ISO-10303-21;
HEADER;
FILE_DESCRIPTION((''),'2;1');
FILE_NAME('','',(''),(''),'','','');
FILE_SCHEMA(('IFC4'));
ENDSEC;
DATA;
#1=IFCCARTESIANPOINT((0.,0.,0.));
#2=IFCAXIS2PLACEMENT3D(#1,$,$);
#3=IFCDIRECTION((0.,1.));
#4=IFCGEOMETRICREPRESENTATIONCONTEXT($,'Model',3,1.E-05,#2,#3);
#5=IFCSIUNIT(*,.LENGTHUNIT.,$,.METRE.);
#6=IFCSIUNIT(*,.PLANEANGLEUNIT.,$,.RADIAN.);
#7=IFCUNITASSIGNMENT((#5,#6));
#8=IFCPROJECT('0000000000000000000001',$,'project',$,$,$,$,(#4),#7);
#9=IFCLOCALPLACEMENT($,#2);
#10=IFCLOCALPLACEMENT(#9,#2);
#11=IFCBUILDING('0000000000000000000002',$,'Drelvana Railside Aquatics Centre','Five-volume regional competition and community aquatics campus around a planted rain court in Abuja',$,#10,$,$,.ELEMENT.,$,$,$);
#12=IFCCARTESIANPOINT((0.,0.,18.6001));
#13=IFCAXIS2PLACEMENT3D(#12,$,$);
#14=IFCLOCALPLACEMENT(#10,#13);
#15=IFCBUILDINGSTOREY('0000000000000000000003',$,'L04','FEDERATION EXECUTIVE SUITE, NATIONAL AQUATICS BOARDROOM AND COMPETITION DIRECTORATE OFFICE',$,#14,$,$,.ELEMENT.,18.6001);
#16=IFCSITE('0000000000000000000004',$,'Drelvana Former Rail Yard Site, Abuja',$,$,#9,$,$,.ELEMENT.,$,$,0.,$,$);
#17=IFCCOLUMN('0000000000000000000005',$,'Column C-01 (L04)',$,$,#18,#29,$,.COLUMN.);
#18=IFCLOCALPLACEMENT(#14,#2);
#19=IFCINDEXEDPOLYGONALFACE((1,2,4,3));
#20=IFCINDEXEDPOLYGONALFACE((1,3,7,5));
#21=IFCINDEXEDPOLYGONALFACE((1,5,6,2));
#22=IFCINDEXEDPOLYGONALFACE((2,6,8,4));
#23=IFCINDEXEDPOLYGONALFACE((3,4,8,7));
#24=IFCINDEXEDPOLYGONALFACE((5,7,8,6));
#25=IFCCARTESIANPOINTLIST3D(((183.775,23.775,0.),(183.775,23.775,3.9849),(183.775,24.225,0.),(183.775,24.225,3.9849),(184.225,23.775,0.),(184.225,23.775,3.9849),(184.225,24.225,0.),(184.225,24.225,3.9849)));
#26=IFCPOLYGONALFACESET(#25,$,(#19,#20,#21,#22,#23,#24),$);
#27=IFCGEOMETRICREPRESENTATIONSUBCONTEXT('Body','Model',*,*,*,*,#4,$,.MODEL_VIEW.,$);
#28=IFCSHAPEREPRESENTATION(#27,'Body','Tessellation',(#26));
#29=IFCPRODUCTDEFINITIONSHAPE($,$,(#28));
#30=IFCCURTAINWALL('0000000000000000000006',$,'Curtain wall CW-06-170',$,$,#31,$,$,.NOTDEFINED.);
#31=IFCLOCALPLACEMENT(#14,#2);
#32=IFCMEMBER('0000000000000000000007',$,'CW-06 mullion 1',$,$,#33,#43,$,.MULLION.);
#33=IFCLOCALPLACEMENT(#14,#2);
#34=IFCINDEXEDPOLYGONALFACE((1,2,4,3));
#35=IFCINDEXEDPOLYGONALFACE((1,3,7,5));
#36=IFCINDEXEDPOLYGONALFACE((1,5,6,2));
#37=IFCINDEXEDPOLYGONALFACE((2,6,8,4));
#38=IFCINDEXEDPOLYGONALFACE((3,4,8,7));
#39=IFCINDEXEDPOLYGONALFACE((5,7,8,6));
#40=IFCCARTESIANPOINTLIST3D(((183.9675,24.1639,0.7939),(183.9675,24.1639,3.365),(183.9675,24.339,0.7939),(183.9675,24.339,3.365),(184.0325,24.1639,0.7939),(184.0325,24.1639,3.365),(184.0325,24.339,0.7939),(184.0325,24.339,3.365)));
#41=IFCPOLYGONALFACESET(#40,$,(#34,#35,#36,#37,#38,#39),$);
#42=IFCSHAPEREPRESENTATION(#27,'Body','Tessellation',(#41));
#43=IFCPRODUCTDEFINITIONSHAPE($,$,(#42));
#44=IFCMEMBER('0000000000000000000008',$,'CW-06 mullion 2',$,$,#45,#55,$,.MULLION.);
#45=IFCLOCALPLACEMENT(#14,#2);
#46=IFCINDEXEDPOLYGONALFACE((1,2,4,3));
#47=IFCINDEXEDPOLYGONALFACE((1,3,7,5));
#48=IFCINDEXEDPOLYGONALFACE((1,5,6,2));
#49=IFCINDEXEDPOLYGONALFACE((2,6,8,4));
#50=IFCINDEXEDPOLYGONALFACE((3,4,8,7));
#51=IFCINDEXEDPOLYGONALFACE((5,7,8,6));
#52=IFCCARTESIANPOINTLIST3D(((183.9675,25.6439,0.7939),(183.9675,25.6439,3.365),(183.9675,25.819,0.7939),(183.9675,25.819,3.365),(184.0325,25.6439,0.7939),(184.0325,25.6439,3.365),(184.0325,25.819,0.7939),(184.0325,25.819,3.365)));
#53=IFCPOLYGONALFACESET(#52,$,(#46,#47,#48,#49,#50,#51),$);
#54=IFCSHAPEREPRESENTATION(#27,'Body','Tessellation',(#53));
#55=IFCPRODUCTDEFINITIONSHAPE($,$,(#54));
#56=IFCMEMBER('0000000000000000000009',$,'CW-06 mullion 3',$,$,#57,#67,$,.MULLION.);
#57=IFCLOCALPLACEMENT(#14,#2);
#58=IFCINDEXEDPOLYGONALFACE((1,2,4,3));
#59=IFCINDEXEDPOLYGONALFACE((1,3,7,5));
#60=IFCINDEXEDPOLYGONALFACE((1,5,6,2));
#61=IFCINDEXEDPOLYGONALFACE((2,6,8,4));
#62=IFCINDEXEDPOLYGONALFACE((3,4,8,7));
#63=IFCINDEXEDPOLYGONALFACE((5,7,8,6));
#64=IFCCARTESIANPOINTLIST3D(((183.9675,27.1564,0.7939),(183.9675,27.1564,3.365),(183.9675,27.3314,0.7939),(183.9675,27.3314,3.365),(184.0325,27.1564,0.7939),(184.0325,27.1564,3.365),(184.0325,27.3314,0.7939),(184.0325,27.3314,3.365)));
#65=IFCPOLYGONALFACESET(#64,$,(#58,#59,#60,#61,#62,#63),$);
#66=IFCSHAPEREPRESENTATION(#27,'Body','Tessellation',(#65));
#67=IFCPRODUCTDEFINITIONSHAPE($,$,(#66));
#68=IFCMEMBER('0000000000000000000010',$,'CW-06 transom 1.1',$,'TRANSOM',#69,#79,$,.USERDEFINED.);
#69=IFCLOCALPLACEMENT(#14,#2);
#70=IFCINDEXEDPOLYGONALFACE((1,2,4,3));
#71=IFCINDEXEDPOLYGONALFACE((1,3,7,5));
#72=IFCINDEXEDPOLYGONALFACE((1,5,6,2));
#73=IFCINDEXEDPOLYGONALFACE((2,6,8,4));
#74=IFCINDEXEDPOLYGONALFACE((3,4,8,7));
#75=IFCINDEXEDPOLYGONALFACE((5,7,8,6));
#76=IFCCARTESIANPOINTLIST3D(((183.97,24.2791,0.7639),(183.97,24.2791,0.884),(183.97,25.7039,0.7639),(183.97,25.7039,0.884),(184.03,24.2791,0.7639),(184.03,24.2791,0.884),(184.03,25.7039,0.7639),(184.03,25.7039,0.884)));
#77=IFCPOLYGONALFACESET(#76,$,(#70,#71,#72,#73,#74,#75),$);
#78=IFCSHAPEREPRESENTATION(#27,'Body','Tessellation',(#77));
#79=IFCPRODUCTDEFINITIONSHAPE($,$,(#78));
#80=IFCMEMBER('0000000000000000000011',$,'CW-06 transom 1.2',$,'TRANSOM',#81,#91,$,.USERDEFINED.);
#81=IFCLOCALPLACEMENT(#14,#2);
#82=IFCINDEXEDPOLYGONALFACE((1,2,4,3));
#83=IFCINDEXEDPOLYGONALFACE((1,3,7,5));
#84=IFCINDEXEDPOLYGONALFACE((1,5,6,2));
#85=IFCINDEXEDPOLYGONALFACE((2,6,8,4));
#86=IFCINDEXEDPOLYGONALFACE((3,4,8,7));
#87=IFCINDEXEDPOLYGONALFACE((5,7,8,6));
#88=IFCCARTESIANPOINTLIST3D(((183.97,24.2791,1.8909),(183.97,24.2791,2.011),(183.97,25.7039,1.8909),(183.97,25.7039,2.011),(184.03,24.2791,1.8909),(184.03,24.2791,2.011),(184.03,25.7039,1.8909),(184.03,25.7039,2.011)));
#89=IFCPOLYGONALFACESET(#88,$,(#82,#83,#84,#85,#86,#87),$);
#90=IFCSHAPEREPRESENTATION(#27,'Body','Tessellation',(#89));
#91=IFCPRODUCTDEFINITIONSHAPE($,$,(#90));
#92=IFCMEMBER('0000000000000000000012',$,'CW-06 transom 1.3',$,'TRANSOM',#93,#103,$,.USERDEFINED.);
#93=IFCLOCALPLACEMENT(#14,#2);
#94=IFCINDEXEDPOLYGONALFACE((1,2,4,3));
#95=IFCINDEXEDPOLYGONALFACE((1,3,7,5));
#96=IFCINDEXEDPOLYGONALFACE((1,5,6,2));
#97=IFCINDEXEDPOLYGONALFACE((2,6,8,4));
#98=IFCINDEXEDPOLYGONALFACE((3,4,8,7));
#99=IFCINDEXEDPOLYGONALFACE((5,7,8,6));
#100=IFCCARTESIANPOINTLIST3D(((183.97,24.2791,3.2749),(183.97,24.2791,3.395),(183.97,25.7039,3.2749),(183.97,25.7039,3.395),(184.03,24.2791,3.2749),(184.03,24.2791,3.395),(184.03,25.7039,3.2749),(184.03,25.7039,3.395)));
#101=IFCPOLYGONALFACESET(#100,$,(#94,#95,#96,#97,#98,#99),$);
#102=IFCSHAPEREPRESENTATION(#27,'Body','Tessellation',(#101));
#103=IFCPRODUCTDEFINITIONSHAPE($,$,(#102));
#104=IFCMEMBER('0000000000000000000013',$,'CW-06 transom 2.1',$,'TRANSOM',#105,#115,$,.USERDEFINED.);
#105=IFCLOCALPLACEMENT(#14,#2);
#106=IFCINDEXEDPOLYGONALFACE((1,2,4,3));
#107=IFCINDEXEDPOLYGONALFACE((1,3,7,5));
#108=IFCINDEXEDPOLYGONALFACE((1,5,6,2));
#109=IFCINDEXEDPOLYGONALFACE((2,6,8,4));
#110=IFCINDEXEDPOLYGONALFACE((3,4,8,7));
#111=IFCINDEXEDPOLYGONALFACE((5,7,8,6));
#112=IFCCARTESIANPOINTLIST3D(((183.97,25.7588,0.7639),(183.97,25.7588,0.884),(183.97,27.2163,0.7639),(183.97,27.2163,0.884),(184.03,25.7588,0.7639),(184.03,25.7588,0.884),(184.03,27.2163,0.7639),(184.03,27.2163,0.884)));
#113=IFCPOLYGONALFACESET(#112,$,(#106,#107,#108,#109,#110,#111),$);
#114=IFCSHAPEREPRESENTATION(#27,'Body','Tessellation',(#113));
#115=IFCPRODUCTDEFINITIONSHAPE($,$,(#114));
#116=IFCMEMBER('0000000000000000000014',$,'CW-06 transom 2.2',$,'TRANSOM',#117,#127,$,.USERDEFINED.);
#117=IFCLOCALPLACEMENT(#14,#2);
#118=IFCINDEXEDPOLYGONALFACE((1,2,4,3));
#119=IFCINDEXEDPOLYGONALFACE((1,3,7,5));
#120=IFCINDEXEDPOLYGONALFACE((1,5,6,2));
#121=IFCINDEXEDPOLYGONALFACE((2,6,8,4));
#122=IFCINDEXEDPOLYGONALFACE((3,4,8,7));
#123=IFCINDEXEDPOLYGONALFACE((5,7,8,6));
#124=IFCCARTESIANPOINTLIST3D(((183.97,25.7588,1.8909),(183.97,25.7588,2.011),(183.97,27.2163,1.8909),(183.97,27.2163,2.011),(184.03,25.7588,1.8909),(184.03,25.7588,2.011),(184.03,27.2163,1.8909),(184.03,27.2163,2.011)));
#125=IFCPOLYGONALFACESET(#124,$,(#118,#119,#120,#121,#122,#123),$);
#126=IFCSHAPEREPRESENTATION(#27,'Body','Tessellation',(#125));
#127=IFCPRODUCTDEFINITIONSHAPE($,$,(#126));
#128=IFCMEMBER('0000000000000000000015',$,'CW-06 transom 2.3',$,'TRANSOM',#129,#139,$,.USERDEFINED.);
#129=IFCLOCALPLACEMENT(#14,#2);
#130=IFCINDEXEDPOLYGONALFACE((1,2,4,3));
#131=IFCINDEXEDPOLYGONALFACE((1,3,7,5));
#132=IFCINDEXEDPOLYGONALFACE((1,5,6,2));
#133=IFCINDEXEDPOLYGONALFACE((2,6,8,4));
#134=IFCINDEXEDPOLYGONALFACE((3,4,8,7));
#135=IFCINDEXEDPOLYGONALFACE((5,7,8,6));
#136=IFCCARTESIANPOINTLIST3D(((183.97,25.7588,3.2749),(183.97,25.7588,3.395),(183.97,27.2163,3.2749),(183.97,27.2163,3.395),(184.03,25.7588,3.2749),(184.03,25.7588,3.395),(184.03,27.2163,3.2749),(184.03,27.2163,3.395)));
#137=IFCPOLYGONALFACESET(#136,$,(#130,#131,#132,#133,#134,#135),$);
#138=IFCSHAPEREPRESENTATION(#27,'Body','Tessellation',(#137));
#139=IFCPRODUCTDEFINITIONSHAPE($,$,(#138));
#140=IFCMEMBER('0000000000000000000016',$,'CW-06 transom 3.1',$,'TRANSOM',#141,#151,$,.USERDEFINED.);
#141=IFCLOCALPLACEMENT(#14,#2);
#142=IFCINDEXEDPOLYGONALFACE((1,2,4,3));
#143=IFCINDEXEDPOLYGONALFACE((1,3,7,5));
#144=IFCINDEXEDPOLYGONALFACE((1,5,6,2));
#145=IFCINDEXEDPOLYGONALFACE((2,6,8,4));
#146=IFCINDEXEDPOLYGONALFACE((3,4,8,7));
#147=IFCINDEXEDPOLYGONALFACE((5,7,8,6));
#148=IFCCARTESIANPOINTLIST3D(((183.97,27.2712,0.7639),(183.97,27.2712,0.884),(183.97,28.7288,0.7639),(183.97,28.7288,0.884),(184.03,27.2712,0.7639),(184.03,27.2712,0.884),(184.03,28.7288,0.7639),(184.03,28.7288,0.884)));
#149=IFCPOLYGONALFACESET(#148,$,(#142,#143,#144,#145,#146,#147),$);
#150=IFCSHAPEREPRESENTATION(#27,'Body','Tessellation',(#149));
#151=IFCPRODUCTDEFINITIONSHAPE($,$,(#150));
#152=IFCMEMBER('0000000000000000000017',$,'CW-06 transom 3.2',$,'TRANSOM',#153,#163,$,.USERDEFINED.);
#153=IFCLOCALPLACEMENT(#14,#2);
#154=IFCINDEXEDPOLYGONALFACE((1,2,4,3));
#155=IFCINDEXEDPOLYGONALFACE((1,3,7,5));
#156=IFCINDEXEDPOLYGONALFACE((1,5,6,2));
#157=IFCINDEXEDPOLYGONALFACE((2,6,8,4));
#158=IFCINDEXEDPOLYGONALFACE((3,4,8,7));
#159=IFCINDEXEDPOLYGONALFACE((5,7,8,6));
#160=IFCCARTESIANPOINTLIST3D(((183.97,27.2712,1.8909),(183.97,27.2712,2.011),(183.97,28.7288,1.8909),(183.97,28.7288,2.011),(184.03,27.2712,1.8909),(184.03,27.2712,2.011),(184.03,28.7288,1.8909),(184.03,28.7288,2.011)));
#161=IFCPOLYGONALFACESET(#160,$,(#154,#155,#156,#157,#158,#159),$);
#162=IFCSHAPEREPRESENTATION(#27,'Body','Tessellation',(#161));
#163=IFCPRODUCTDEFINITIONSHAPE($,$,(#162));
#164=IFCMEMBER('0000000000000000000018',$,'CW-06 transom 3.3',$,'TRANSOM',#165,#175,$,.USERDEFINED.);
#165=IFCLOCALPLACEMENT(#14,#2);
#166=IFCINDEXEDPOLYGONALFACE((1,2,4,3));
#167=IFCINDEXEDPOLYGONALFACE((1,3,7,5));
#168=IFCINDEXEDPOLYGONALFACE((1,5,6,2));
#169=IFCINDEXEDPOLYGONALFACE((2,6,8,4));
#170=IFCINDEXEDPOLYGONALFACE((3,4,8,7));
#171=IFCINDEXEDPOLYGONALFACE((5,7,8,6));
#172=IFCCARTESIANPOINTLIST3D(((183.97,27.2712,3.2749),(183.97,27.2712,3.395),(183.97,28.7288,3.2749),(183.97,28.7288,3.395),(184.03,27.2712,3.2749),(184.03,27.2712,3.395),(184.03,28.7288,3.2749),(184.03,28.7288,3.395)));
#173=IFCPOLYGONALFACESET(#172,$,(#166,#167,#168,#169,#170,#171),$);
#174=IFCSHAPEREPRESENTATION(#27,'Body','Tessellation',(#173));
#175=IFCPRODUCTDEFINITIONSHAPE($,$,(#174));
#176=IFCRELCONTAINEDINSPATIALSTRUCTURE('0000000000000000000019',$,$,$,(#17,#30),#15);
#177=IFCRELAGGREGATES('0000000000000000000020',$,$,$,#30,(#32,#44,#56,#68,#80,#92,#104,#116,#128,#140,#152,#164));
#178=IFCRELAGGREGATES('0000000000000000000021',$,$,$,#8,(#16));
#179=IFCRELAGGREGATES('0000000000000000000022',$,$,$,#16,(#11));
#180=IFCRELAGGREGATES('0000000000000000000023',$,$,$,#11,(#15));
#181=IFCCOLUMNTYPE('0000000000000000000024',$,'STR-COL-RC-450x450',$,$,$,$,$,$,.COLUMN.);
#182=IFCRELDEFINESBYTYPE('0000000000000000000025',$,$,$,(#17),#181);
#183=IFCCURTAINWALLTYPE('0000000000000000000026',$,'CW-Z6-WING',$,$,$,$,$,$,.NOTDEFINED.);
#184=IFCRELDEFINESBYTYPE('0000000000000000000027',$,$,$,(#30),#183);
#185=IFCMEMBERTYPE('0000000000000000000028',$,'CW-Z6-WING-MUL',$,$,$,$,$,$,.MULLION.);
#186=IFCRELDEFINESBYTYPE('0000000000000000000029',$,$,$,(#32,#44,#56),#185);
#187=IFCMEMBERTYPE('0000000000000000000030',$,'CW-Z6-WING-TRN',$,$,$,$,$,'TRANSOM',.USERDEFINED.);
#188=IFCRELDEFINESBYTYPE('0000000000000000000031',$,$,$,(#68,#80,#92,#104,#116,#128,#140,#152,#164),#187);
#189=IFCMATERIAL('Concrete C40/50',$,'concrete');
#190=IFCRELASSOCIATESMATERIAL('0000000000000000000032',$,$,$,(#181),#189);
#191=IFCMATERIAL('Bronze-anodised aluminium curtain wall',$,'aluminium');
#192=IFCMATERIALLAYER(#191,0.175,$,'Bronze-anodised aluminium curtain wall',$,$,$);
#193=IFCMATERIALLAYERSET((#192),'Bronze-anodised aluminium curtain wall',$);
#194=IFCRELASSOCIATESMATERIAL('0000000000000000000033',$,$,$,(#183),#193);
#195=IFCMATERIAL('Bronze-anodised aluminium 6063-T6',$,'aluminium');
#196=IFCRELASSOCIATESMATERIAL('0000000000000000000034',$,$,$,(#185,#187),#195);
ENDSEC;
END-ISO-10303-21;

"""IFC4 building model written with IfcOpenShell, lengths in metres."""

from ifc_helpers import new_model, si_unit, direction, frame, origin, origin_2d, place, context, subcontext, project, spatial, rectangle, extrude, material, layer, layer_set, material_profile, profile_set, type_object, element, aggregate, save


model = new_model("IFC4")

# Units and contexts
model_context = context("Model", 3, precision=1e-05, world=origin(), true_north=direction((0.0, 1.0)))
body_context = subcontext(model_context, "Body", "Model", "MODEL_VIEW")
ifc_project = project(units=[si_unit("LENGTHUNIT", "METRE"), si_unit("PLANEANGLEUNIT", "RADIAN")], contexts=[model_context])

# Site, building, storey
site_placement = place(None, origin())
site = spatial("IfcSite", under=ifc_project, at=site_placement, Name="Drelvana Former Rail Yard Site, Abuja", CompositionType="ELEMENT", RefElevation=0.0)
building_placement = place(site_placement, origin())
building = spatial("IfcBuilding", under=site, at=building_placement, Name="Drelvana Railside Aquatics Centre", Description="Five-volume regional competition and community aquatics campus around a planted rain court in Abuja", CompositionType="ELEMENT")
storey_placement = place(building_placement, frame((0.0, 0.0, 18.6001)))
storey = spatial("IfcBuildingStorey", under=building, at=storey_placement, Name="L04", Description="FEDERATION EXECUTIVE SUITE, NATIONAL AQUATICS BOARDROOM AND COMPETITION DIRECTORATE OFFICE", CompositionType="ELEMENT", Elevation=18.6001)

# Column
ifc_material_1 = material(Name="Concrete C40/50", Category="concrete")
ifc_material_profile_1 = material_profile(ifc_material_1, rectangle(XDim=0.45, YDim=0.45, at=origin_2d()), Name="RC 450x450")
ifc_profile_set_1 = profile_set([ifc_material_profile_1], Name="Concrete C40/50")
column_type = type_object("IfcColumnType", Name="STR-COL-RC-450x450", PredefinedType="COLUMN", material=ifc_profile_set_1)
column_placement = place(storey_placement, frame((184.0, 24.0, 0.0), z_axis=(0.0, 0.0, 1.0), x_axis=(1.0, 0.0, 0.0)))
element("IfcColumn", 1, at=column_placement, inside=storey, type_object=column_type, Name="Column C-01 (L04)", PredefinedType="COLUMN", context=body_context, shape_type="SweptSolid", body=[
    extrude(rectangle(XDim=0.45, YDim=0.45, at=origin_2d()), origin(), (0.0, 0.0, 1.0), 3.9849),
])

# Curtain wall, members
ifc_material_2 = material(Name="Bronze-anodised aluminium curtain wall", Category="aluminium")
ifc_layer_1 = layer(ifc_material_2, 0.175, Name="Bronze-anodised aluminium curtain wall")
ifc_layer_set_1 = layer_set([ifc_layer_1], Name="Bronze-anodised aluminium curtain wall")
curtain_wall_type = type_object("IfcCurtainWallType", Name="CW-Z6-WING", PredefinedType="NOTDEFINED", material=ifc_layer_set_1)
curtain_wall_placement = place(storey_placement, origin())
curtain_wall = element("IfcCurtainWall", 2, at=curtain_wall_placement, inside=storey, type_object=curtain_wall_type, Name="Curtain wall CW-06-170", PredefinedType="NOTDEFINED")
ifc_material_3 = material(Name="Bronze-anodised aluminium 6063-T6", Category="aluminium")
ifc_material_profile_2 = material_profile(ifc_material_3, rectangle(XDim=0.0649, YDim=0.175, at=origin_2d()), Name="ALU-M 65x175")
ifc_profile_set_2 = profile_set([ifc_material_profile_2], Name="Bronze-anodised aluminium 6063-T6")
member_type_1 = type_object("IfcMemberType", Name="CW-Z6-WING-MUL", PredefinedType="MULLION", material=ifc_profile_set_2)
member_1_placement = place(storey_placement, frame((184.0, 24.2515, 0.7939), z_axis=(0.0, 0.0, 1.0), x_axis=(-1.0, 0.0, 0.0)))
member_1 = element("IfcMember", 3, at=member_1_placement, type_object=member_type_1, Name="CW-06 mullion 1", PredefinedType="MULLION", context=body_context, shape_type="SweptSolid", body=[
    extrude(rectangle(XDim=0.0649, YDim=0.175, at=origin_2d()), origin(), (0.0, 0.0, 1.0), 2.571),
])
member_2_placement = place(storey_placement, frame((184.0, 25.7314, 0.7939), z_axis=(0.0, 0.0, 1.0), x_axis=(-1.0, 0.0, 0.0)))
member_2 = element("IfcMember", 4, at=member_2_placement, type_object=member_type_1, Name="CW-06 mullion 2", PredefinedType="MULLION", context=body_context, shape_type="SweptSolid", body=[
    extrude(rectangle(XDim=0.0649, YDim=0.175, at=origin_2d()), origin(), (0.0, 0.0, 1.0), 2.571),
])
member_3_placement = place(storey_placement, frame((184.0, 27.2439, 0.7939), z_axis=(0.0, 0.0, 1.0), x_axis=(-1.0, 0.0, 0.0)))
member_3 = element("IfcMember", 5, at=member_3_placement, type_object=member_type_1, Name="CW-06 mullion 3", PredefinedType="MULLION", context=body_context, shape_type="SweptSolid", body=[
    extrude(rectangle(XDim=0.0649, YDim=0.175, at=origin_2d()), origin(), (0.0, 0.0, 1.0), 2.571),
])
ifc_material_profile_3 = material_profile(ifc_material_3, rectangle(XDim=0.1201, YDim=0.0601, at=origin_2d()), Name="ALU-T 60x120")
ifc_profile_set_3 = profile_set([ifc_material_profile_3], Name="Bronze-anodised aluminium 6063-T6")
member_type_2 = type_object("IfcMemberType", Name="CW-Z6-WING-TRN", ElementType="TRANSOM", PredefinedType="USERDEFINED", material=ifc_profile_set_3)
member_4_placement = place(storey_placement, frame((184.0, 24.2791, 0.824), z_axis=(0.0, 1.0, 0.0), x_axis=(0.0, 0.0, 1.0)))
member_4 = element("IfcMember", 6, at=member_4_placement, type_object=member_type_2, Name="CW-06 transom 1.1", ObjectType="TRANSOM", PredefinedType="USERDEFINED", context=body_context, shape_type="SweptSolid", body=[
    extrude(rectangle(XDim=0.1201, YDim=0.0601, at=origin_2d()), origin(), (0.0, 0.0, 1.0), 1.4248),
])
member_5_placement = place(storey_placement, frame((184.0, 24.2791, 1.9509), z_axis=(0.0, 1.0, 0.0), x_axis=(0.0, 0.0, 1.0)))
member_5 = element("IfcMember", 7, at=member_5_placement, type_object=member_type_2, Name="CW-06 transom 1.2", ObjectType="TRANSOM", PredefinedType="USERDEFINED", context=body_context, shape_type="SweptSolid", body=[
    extrude(rectangle(XDim=0.1201, YDim=0.0601, at=origin_2d()), origin(), (0.0, 0.0, 1.0), 1.4248),
])
member_6_placement = place(storey_placement, frame((184.0, 24.2791, 3.335), z_axis=(0.0, 1.0, 0.0), x_axis=(0.0, 0.0, 1.0)))
member_6 = element("IfcMember", 8, at=member_6_placement, type_object=member_type_2, Name="CW-06 transom 1.3", ObjectType="TRANSOM", PredefinedType="USERDEFINED", context=body_context, shape_type="SweptSolid", body=[
    extrude(rectangle(XDim=0.1201, YDim=0.0601, at=origin_2d()), origin(), (0.0, 0.0, 1.0), 1.4248),
])
member_7_placement = place(storey_placement, frame((184.0, 25.7588, 0.824), z_axis=(0.0, 1.0, 0.0), x_axis=(0.0, 0.0, 1.0)))
member_7 = element("IfcMember", 9, at=member_7_placement, type_object=member_type_2, Name="CW-06 transom 2.1", ObjectType="TRANSOM", PredefinedType="USERDEFINED", context=body_context, shape_type="SweptSolid", body=[
    extrude(rectangle(XDim=0.1201, YDim=0.0601, at=origin_2d()), origin(), (0.0, 0.0, 1.0), 1.4575),
])
member_8_placement = place(storey_placement, frame((184.0, 25.7588, 1.9509), z_axis=(0.0, 1.0, 0.0), x_axis=(0.0, 0.0, 1.0)))
member_8 = element("IfcMember", 10, at=member_8_placement, type_object=member_type_2, Name="CW-06 transom 2.2", ObjectType="TRANSOM", PredefinedType="USERDEFINED", context=body_context, shape_type="SweptSolid", body=[
    extrude(rectangle(XDim=0.1201, YDim=0.0601, at=origin_2d()), origin(), (0.0, 0.0, 1.0), 1.4575),
])
member_9_placement = place(storey_placement, frame((184.0, 25.7588, 3.335), z_axis=(0.0, 1.0, 0.0), x_axis=(0.0, 0.0, 1.0)))
member_9 = element("IfcMember", 11, at=member_9_placement, type_object=member_type_2, Name="CW-06 transom 2.3", ObjectType="TRANSOM", PredefinedType="USERDEFINED", context=body_context, shape_type="SweptSolid", body=[
    extrude(rectangle(XDim=0.1201, YDim=0.0601, at=origin_2d()), origin(), (0.0, 0.0, 1.0), 1.4575),
])
member_10_placement = place(storey_placement, frame((184.0, 27.2712, 0.824), z_axis=(0.0, 1.0, 0.0), x_axis=(0.0, 0.0, 1.0)))
member_10 = element("IfcMember", 12, at=member_10_placement, type_object=member_type_2, Name="CW-06 transom 3.1", ObjectType="TRANSOM", PredefinedType="USERDEFINED", context=body_context, shape_type="SweptSolid", body=[
    extrude(rectangle(XDim=0.1201, YDim=0.0601, at=origin_2d()), origin(), (0.0, 0.0, 1.0), 1.4575),
])
member_11_placement = place(storey_placement, frame((184.0, 27.2712, 1.9509), z_axis=(0.0, 1.0, 0.0), x_axis=(0.0, 0.0, 1.0)))
member_11 = element("IfcMember", 13, at=member_11_placement, type_object=member_type_2, Name="CW-06 transom 3.2", ObjectType="TRANSOM", PredefinedType="USERDEFINED", context=body_context, shape_type="SweptSolid", body=[
    extrude(rectangle(XDim=0.1201, YDim=0.0601, at=origin_2d()), origin(), (0.0, 0.0, 1.0), 1.4575),
])
member_12_placement = place(storey_placement, frame((184.0, 27.2712, 3.335), z_axis=(0.0, 1.0, 0.0), x_axis=(0.0, 0.0, 1.0)))
member_12 = element("IfcMember", 14, at=member_12_placement, type_object=member_type_2, Name="CW-06 transom 3.3", ObjectType="TRANSOM", PredefinedType="USERDEFINED", context=body_context, shape_type="SweptSolid", body=[
    extrude(rectangle(XDim=0.1201, YDim=0.0601, at=origin_2d()), origin(), (0.0, 0.0, 1.0), 1.4575),
])

aggregate(curtain_wall, [member_1, member_2, member_3, member_4, member_5, member_6, member_7, member_8, member_9, member_10, member_11, member_12])

save(model, "model.ifc")
